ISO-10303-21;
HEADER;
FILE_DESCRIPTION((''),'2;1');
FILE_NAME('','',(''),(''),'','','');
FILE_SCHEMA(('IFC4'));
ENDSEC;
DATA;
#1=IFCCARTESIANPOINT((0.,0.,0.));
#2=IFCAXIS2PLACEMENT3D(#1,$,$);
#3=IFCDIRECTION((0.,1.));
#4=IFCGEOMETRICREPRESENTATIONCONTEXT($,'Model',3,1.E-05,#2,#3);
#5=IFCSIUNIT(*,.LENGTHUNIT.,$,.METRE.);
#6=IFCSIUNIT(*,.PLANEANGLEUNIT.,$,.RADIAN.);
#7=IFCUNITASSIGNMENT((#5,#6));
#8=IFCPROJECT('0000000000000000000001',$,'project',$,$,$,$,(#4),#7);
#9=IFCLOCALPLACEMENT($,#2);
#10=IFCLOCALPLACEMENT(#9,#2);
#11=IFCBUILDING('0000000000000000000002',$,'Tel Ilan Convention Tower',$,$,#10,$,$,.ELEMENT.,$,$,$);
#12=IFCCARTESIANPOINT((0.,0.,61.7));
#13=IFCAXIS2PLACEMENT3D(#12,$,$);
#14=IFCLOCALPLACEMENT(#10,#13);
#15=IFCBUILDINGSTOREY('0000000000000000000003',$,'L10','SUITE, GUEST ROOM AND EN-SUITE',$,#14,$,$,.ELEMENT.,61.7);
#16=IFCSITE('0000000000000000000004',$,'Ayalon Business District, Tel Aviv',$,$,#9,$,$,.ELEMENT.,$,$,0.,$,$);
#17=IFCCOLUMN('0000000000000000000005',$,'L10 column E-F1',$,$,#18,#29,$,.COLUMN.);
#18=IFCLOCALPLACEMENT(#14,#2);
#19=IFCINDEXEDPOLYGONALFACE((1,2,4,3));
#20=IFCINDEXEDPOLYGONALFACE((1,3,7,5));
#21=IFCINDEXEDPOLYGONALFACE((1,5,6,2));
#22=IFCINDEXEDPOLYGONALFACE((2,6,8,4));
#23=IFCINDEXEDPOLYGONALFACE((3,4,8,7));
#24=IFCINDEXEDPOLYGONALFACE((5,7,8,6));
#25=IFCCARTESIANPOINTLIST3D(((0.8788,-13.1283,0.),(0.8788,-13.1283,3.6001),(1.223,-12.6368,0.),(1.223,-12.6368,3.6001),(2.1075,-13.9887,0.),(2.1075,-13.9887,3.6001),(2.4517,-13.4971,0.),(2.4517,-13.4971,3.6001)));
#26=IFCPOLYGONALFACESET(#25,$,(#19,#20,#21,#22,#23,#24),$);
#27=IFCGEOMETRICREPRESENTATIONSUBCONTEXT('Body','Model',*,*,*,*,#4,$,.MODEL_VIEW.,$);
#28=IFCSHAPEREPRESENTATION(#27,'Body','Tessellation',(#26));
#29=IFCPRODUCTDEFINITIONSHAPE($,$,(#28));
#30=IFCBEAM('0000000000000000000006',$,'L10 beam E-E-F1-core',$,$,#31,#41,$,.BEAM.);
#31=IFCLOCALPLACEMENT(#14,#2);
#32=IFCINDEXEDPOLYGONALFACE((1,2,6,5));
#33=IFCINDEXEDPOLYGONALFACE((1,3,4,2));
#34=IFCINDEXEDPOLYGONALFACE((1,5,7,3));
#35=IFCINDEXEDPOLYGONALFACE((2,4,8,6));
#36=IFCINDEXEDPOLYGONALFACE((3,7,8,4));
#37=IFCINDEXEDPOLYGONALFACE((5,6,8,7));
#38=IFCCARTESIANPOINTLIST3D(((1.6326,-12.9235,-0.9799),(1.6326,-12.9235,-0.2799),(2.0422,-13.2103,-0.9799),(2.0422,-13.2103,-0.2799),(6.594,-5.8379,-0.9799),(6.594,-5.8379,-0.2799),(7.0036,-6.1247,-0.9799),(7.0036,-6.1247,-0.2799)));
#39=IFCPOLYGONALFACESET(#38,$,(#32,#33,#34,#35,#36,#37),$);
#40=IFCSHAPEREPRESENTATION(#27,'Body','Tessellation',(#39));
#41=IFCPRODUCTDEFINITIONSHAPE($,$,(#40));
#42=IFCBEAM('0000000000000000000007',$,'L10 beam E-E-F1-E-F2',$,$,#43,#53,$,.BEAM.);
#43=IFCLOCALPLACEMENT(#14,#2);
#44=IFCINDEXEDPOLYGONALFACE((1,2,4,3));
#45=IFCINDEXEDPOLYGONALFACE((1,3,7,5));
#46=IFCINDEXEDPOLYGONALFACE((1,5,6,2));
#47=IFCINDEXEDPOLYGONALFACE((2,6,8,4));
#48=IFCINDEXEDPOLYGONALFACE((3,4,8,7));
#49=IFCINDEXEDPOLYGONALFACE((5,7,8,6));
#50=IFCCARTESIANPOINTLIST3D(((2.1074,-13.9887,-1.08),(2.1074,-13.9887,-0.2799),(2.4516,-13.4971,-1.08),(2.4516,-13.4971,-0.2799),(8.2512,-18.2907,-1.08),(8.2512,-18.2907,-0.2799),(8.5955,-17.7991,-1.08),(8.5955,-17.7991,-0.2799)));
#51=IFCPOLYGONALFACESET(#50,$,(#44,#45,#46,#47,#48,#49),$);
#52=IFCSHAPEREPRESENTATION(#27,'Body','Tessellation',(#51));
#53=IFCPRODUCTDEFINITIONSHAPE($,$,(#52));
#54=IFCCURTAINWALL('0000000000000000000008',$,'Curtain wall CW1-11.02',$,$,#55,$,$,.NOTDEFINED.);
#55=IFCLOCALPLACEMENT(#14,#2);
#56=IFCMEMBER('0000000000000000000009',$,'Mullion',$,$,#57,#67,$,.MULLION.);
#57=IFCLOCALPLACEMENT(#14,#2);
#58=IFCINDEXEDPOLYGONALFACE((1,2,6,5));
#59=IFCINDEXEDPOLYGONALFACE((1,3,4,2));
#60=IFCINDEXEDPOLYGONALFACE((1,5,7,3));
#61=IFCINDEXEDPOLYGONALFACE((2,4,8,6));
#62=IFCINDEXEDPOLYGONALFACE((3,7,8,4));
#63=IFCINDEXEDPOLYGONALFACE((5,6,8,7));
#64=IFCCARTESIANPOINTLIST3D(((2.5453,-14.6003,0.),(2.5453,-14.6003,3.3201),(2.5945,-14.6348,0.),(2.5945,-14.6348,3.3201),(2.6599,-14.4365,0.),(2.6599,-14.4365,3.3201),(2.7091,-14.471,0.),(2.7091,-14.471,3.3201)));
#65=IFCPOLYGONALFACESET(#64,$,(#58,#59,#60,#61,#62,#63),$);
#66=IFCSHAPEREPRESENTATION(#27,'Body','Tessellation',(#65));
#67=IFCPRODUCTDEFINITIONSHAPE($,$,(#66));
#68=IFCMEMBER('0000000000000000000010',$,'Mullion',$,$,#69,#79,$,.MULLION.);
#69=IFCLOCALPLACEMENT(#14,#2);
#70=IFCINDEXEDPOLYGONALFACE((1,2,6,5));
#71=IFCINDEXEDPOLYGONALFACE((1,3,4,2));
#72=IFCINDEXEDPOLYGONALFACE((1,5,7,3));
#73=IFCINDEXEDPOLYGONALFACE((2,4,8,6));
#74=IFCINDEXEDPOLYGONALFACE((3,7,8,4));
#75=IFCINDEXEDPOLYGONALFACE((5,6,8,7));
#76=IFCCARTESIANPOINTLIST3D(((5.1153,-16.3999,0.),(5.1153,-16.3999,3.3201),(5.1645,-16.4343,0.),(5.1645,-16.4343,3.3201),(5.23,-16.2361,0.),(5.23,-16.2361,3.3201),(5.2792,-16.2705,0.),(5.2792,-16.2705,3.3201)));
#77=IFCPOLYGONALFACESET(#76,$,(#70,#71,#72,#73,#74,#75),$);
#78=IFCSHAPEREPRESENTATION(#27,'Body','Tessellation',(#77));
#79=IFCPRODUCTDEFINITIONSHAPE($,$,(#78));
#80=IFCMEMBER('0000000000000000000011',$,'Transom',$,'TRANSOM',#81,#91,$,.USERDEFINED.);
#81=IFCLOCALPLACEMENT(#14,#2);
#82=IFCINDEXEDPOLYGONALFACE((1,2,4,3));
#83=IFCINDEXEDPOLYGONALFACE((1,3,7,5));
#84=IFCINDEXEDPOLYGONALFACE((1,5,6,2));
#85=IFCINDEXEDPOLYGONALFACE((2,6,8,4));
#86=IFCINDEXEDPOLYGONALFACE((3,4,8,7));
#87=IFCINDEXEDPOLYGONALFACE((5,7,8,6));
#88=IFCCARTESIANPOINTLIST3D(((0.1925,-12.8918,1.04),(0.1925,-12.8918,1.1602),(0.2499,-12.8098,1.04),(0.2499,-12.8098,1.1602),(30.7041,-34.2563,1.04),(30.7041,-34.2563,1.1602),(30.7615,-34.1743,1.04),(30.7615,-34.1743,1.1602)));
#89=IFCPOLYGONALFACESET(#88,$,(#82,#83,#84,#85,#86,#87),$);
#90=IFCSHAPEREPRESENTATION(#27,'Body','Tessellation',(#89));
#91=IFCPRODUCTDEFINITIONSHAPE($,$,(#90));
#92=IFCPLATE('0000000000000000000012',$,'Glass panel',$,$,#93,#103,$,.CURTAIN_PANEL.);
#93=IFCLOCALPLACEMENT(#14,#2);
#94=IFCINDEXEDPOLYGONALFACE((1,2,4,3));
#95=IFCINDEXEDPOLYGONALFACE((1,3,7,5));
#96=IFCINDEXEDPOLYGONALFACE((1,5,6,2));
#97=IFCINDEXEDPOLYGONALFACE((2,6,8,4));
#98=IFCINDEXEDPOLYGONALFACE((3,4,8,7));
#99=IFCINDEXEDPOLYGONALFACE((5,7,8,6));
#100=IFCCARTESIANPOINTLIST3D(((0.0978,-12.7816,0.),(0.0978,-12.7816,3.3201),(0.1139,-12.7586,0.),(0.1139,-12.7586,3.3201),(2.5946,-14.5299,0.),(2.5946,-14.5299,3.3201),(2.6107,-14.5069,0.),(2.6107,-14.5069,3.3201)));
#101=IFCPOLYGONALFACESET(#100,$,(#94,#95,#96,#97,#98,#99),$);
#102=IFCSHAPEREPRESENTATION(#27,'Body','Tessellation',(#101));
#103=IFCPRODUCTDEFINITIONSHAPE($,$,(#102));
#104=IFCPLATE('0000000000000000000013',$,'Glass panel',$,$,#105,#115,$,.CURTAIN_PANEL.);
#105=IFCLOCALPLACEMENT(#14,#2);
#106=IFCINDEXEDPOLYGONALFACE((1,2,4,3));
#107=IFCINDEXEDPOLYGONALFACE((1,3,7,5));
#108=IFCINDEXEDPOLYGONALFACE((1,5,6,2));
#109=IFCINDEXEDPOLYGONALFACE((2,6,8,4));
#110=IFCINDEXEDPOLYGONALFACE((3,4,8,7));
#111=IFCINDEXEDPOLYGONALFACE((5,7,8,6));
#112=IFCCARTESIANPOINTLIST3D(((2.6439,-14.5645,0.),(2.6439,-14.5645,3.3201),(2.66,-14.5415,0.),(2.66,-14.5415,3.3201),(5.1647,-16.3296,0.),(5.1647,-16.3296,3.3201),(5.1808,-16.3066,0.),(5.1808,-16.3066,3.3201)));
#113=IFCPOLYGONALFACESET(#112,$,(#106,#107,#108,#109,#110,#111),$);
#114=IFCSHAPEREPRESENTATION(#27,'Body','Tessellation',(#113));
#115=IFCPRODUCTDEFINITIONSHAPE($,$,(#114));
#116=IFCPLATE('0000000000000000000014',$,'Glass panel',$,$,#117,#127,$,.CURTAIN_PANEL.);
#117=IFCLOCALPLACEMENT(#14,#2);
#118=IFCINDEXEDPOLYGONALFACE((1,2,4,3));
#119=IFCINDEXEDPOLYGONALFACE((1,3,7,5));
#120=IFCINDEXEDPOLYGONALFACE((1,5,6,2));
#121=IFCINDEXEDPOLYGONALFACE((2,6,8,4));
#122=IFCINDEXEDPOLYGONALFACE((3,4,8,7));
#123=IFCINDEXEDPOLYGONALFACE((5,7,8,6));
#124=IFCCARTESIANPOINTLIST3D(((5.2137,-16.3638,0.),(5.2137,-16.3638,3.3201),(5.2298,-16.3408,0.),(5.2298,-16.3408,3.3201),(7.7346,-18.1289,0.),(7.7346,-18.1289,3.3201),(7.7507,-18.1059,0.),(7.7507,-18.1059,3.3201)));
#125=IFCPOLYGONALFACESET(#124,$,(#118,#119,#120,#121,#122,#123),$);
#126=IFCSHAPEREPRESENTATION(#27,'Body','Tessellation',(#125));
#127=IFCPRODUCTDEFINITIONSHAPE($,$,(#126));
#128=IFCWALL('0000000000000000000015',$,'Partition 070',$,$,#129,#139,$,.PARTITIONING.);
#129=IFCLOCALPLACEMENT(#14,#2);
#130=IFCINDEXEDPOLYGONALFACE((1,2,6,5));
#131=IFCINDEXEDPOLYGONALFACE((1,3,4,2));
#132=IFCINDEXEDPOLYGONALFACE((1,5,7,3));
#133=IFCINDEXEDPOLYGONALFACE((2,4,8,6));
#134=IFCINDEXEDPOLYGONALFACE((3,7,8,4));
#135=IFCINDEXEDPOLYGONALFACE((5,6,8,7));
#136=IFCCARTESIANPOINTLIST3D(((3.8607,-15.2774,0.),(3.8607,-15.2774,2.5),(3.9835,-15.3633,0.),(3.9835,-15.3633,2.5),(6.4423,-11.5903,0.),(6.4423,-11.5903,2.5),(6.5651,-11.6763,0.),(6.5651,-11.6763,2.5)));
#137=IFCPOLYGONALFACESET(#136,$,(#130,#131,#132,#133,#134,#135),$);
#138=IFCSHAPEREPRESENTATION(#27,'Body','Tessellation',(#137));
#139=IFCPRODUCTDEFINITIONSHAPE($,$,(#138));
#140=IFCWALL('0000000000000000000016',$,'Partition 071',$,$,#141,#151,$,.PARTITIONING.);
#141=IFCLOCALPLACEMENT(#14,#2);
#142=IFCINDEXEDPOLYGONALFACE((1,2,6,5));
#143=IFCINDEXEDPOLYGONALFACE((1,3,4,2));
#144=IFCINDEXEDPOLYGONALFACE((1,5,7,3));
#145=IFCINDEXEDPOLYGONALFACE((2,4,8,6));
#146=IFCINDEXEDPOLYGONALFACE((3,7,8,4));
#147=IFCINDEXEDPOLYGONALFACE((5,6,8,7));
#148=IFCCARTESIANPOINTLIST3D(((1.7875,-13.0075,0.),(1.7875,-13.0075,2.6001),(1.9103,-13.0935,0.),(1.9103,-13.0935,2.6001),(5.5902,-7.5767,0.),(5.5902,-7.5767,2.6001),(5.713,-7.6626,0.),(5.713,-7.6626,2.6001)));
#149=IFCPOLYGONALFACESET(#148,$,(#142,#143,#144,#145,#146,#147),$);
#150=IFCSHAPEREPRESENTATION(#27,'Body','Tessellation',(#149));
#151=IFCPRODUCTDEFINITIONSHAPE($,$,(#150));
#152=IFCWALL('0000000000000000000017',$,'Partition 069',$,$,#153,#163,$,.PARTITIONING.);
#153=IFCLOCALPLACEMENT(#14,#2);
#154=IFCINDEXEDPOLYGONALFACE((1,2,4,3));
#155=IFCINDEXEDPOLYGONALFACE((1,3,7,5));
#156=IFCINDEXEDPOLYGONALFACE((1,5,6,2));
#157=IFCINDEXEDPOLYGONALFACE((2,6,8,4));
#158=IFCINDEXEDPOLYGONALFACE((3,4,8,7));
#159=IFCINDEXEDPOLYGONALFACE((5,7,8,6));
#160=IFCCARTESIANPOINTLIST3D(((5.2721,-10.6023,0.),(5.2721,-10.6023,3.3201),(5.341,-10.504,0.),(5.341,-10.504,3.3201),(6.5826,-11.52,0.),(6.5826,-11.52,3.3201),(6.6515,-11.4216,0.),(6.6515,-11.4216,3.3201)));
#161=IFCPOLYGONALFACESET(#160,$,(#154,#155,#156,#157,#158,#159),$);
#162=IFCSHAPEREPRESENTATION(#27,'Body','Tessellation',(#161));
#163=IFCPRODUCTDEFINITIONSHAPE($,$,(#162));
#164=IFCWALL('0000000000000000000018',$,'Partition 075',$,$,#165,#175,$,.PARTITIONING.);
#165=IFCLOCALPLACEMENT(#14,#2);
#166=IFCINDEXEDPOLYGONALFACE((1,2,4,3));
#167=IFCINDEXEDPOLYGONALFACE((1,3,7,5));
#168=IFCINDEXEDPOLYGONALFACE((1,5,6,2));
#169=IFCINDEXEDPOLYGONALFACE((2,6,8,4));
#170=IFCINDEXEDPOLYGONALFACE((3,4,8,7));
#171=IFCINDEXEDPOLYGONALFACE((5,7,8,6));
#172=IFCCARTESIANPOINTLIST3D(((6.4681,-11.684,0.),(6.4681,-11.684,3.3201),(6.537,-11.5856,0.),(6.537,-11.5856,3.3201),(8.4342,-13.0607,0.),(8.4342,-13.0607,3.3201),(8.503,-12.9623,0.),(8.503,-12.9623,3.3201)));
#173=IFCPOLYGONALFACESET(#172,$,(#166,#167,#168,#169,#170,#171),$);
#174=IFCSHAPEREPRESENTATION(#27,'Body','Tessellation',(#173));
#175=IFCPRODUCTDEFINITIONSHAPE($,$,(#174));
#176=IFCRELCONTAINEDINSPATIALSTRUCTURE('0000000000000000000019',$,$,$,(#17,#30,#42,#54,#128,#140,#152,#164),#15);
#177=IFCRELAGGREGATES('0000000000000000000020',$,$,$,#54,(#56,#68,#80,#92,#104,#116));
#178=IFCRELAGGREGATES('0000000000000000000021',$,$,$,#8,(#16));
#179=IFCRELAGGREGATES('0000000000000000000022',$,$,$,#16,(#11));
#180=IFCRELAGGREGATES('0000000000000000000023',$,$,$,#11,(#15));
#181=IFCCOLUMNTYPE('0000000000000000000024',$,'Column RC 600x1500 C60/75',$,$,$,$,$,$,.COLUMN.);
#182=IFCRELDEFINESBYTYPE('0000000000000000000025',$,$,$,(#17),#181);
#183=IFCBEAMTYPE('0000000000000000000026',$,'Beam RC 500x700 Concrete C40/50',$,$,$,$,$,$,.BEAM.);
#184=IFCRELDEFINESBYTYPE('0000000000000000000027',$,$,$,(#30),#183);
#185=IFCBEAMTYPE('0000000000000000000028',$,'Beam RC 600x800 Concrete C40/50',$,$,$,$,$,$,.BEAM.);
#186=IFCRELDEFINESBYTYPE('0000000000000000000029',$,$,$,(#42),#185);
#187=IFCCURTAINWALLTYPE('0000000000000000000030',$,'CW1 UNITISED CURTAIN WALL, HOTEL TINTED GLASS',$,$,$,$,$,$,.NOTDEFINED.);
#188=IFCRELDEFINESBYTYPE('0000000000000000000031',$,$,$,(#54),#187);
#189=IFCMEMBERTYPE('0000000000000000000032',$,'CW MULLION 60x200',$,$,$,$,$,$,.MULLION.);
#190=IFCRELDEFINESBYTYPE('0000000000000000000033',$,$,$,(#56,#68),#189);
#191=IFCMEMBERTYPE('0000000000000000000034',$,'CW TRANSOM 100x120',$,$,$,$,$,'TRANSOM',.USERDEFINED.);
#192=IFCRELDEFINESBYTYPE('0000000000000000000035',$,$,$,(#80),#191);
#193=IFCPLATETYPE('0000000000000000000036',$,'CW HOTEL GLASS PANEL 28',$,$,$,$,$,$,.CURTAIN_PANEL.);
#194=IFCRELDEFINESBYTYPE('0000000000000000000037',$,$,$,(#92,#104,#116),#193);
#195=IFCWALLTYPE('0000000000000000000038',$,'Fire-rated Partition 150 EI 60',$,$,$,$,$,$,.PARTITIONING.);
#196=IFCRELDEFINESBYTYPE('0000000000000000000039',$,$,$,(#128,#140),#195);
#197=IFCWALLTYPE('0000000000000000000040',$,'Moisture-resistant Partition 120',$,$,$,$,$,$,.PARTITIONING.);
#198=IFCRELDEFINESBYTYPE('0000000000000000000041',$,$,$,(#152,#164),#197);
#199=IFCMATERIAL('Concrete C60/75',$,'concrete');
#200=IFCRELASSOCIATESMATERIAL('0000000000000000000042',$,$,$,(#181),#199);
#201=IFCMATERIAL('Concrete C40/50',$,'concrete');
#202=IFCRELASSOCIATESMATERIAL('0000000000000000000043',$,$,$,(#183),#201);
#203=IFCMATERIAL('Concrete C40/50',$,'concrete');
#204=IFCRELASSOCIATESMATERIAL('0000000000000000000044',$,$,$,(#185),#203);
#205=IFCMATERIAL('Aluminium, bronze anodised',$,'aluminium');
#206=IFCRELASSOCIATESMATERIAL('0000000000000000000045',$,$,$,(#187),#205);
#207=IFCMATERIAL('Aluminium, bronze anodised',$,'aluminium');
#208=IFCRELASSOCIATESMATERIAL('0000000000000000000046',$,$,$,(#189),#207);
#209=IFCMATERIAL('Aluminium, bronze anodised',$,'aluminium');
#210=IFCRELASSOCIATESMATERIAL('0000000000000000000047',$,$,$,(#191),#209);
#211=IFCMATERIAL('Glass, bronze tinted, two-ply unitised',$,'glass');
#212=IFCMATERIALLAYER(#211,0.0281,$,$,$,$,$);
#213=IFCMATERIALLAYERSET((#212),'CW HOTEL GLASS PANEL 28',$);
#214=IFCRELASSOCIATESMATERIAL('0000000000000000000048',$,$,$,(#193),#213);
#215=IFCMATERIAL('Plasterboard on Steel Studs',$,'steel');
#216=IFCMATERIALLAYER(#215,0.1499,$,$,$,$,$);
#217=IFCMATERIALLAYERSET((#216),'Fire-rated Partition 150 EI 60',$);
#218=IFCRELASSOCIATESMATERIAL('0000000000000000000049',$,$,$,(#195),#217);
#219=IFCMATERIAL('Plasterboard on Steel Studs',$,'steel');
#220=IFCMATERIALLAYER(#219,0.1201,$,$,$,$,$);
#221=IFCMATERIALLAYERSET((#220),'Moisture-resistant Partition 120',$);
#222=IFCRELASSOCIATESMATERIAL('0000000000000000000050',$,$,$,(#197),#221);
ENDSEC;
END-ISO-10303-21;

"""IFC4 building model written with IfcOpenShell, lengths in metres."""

from ifc_helpers import new_model, si_unit, direction, frame, frame_2d, origin, origin_2d, place, context, subcontext, project, spatial, rectangle, extrude, material, layer, layer_set, material_profile, profile_set, type_object, element, aggregate, save


model = new_model("IFC4")

# Units and contexts
model_context = context("Model", 3, precision=1e-05, world=origin(), true_north=direction((0.0, 1.0)))
body_context = subcontext(model_context, "Body", "Model", "MODEL_VIEW")
ifc_project = project(units=[si_unit("LENGTHUNIT", "METRE"), si_unit("PLANEANGLEUNIT", "RADIAN")], contexts=[model_context])

# Site, building, storey
site_placement = place(None, origin())
site = spatial("IfcSite", under=ifc_project, at=site_placement, Name="Ayalon Business District, Tel Aviv", CompositionType="ELEMENT", RefElevation=0.0)
building_placement = place(site_placement, origin())
building = spatial("IfcBuilding", under=site, at=building_placement, Name="Tel Ilan Convention Tower", CompositionType="ELEMENT")
storey_placement = place(building_placement, frame((0.0, 0.0, 61.7)))
storey = spatial("IfcBuildingStorey", under=building, at=storey_placement, Name="L10", Description="SUITE, GUEST ROOM AND EN-SUITE", CompositionType="ELEMENT", Elevation=61.7)

# Column
ifc_material_1 = material(Name="Concrete C60/75", Category="concrete")
ifc_material_profile_1 = material_profile(ifc_material_1, rectangle(XDim=1.5, YDim=0.6001, at=origin_2d()), Name="RC 600x1500")
ifc_profile_set_1 = profile_set([ifc_material_profile_1], Name="Concrete C60/75")
column_type = type_object("IfcColumnType", Name="Column RC 600x1500 C60/75", PredefinedType="COLUMN", material=ifc_profile_set_1)
column_placement = place(storey_placement, frame((1.6653, -13.3127, 0.0), z_axis=(0.0, 0.0, 1.0), x_axis=(0.819152, -0.573576, 0.0)))
element("IfcColumn", 1, at=column_placement, inside=storey, type_object=column_type, Name="L10 column E-F1", PredefinedType="COLUMN", context=body_context, shape_type="SweptSolid", body=[
    extrude(rectangle(XDim=1.5, YDim=0.6001, at=origin_2d()), origin(), (0.0, 0.0, 1.0), 3.6001),
])

# Beams
ifc_material_2 = material(Name="Concrete C40/50", Category="concrete")
ifc_material_profile_2 = material_profile(ifc_material_2, rectangle(XDim=0.5, YDim=0.7, at=origin_2d()), Name="RC 500x700")
ifc_profile_set_2 = profile_set([ifc_material_profile_2], Name="Concrete C40/50")
beam_type_1 = type_object("IfcBeamType", Name="Beam RC 500x700 Concrete C40/50", PredefinedType="BEAM", material=ifc_profile_set_2)
beam_1_placement = place(storey_placement, frame((1.8374, -13.0669, -0.6299), z_axis=(0.573574, 0.819154, 0.0), x_axis=(-0.819154, 0.573574, 0.0)))
element("IfcBeam", 2, at=beam_1_placement, inside=storey, type_object=beam_type_1, Name="L10 beam E-E-F1-core", PredefinedType="BEAM", context=body_context, shape_type="SweptSolid", body=[
    extrude(rectangle(XDim=0.5, YDim=0.7, at=origin_2d()), origin(), (0.0, 0.0, 1.0), 8.6499),
])
ifc_material_3 = material(Name="Concrete C40/50", Category="concrete")
ifc_material_profile_3 = material_profile(ifc_material_3, rectangle(XDim=0.6001, YDim=0.8, at=origin_2d()), Name="RC 600x800")
ifc_profile_set_3 = profile_set([ifc_material_profile_3], Name="Concrete C40/50")
beam_type_2 = type_object("IfcBeamType", Name="Beam RC 600x800 Concrete C40/50", PredefinedType="BEAM", material=ifc_profile_set_3)
beam_2_placement = place(storey_placement, frame((2.2795, -13.7429, -0.6799), z_axis=(0.819148, -0.573582, 0.0), x_axis=(0.573582, 0.819148, 0.0)))
element("IfcBeam", 3, at=beam_2_placement, inside=storey, type_object=beam_type_2, Name="L10 beam E-E-F1-E-F2", PredefinedType="BEAM", context=body_context, shape_type="SweptSolid", body=[
    extrude(rectangle(XDim=0.6001, YDim=0.8, at=origin_2d()), origin(), (0.0, 0.0, 1.0), 7.5002),
])

# Curtain wall, members, plates
ifc_material_4 = material(Name="Aluminium, bronze anodised", Category="aluminium")
curtain_wall_type = type_object("IfcCurtainWallType", Name="CW1 UNITISED CURTAIN WALL, HOTEL TINTED GLASS", PredefinedType="NOTDEFINED", material=ifc_material_4)
curtain_wall_placement = place(storey_placement, origin())
curtain_wall = element("IfcCurtainWall", 4, at=curtain_wall_placement, inside=storey, type_object=curtain_wall_type, Name="Curtain wall CW1-11.02", PredefinedType="NOTDEFINED")
ifc_material_5 = material(Name="Aluminium, bronze anodised", Category="aluminium")
ifc_material_profile_4 = material_profile(ifc_material_5, rectangle(XDim=0.0601, YDim=0.2, at=origin_2d()), Name="CW MULLION 60x200")
ifc_profile_set_4 = profile_set([ifc_material_profile_4], Name="Aluminium, bronze anodised")
member_type_1 = type_object("IfcMemberType", Name="CW MULLION 60x200", PredefinedType="MULLION", material=ifc_profile_set_4)
member_1_placement = place(storey_placement, frame((2.6272, -14.5356, 0.0), z_axis=(0.0, 0.0, 1.0), x_axis=(0.819152, -0.573576, 0.0)))
member_1 = element("IfcMember", 5, at=member_1_placement, type_object=member_type_1, Name="Mullion", PredefinedType="MULLION", context=body_context, shape_type="SweptSolid", body=[
    extrude(rectangle(XDim=0.0601, YDim=0.2, at=origin_2d()), origin(), (0.0, 0.0, 1.0), 3.3201),
])
member_2_placement = place(storey_placement, frame((5.1973, -16.3352, 0.0), z_axis=(0.0, 0.0, 1.0), x_axis=(0.819152, -0.573576, 0.0)))
member_2 = element("IfcMember", 6, at=member_2_placement, type_object=member_type_1, Name="Mullion", PredefinedType="MULLION", context=body_context, shape_type="SweptSolid", body=[
    extrude(rectangle(XDim=0.0601, YDim=0.2, at=origin_2d()), origin(), (0.0, 0.0, 1.0), 3.3201),
])
ifc_material_6 = material(Name="Aluminium, bronze anodised", Category="aluminium")
ifc_material_profile_5 = material_profile(ifc_material_6, rectangle(XDim=0.1001, YDim=0.1201, at=origin_2d()), Name="CW TRANSOM 100x120")
ifc_profile_set_5 = profile_set([ifc_material_profile_5], Name="Aluminium, bronze anodised")
member_type_2 = type_object("IfcMemberType", Name="CW TRANSOM 100x120", ElementType="TRANSOM", PredefinedType="USERDEFINED", material=ifc_profile_set_5)
member_3_placement = place(storey_placement, frame((0.2212, -12.8508, 1.1001), z_axis=(0.819152, -0.573576, 0.0), x_axis=(0.573576, 0.819152, 0.0)))
member_3 = element("IfcMember", 7, at=member_3_placement, type_object=member_type_2, Name="Transom", ObjectType="TRANSOM", PredefinedType="USERDEFINED", context=body_context, shape_type="SweptSolid", body=[
    extrude(rectangle(XDim=0.1001, YDim=0.1201, at=origin_2d()), origin(), (0.0, 0.0, 1.0), 37.2478),
])
ifc_material_7 = material(Name="Glass, bronze tinted, two-ply unitised", Category="glass")
ifc_layer_1 = layer(ifc_material_7, 0.0281)
ifc_layer_set_1 = layer_set([ifc_layer_1], Name="CW HOTEL GLASS PANEL 28")
plate_type = type_object("IfcPlateType", Name="CW HOTEL GLASS PANEL 28", PredefinedType="CURTAIN_PANEL", material=ifc_layer_set_1)
plate_1_placement = place(storey_placement, frame((1.3542, -13.6443, 0.0), z_axis=(0.0, 0.0, 1.0), x_axis=(0.819152, -0.573576, 0.0)))
plate_1 = element("IfcPlate", 8, at=plate_1_placement, type_object=plate_type, Name="Glass panel", PredefinedType="CURTAIN_PANEL", context=body_context, shape_type="SweptSolid", body=[
    extrude(rectangle(XDim=3.0481, YDim=0.0281, at=origin_2d()), origin(), (0.0, 0.0, 1.0), 3.3201),
])
plate_2_placement = place(storey_placement, frame((3.9124, -15.4355, 0.0), z_axis=(0.0, 0.0, 1.0), x_axis=(0.819152, -0.573576, 0.0)))
plate_2 = element("IfcPlate", 9, at=plate_2_placement, type_object=plate_type, Name="Glass panel", PredefinedType="CURTAIN_PANEL", context=body_context, shape_type="SweptSolid", body=[
    extrude(rectangle(XDim=3.0774, YDim=0.0281, at=origin_2d()), origin(), (0.0, 0.0, 1.0), 3.3201),
])
plate_3_placement = place(storey_placement, frame((6.4822, -17.2349, 0.0), z_axis=(0.0, 0.0, 1.0), x_axis=(0.819152, -0.573576, 0.0)))
plate_3 = element("IfcPlate", 10, at=plate_3_placement, type_object=plate_type, Name="Glass panel", PredefinedType="CURTAIN_PANEL", context=body_context, shape_type="SweptSolid", body=[
    extrude(rectangle(XDim=3.0774, YDim=0.0281, at=origin_2d()), origin(), (0.0, 0.0, 1.0), 3.3201),
])
aggregate(curtain_wall, [member_1, member_2, member_3, plate_1, plate_2, plate_3])

# Walls
ifc_material_8 = material(Name="Plasterboard on Steel Studs", Category="steel")
ifc_layer_2 = layer(ifc_material_8, 0.1499)
ifc_layer_set_2 = layer_set([ifc_layer_2], Name="Fire-rated Partition 150 EI 60")
wall_type_1 = type_object("IfcWallType", Name="Fire-rated Partition 150 EI 60", PredefinedType="PARTITIONING", material=ifc_layer_set_2)
wall_1_placement = place(storey_placement, frame((6.5037, -11.6333, 0.0), z_axis=(0.0, 0.0, 1.0), x_axis=(-0.573557, -0.819166, 0.0)))
element("IfcWall", 11, at=wall_1_placement, inside=storey, type_object=wall_type_1, Name="Partition 070", PredefinedType="PARTITIONING", context=body_context, shape_type="SweptSolid", body=[
    extrude(rectangle(XDim=4.501, YDim=0.1499, at=frame_2d((2.2505, 0.0))), origin(), (0.0, 0.0, 1.0), 2.5),
])
wall_2_placement = place(storey_placement, frame((1.8489, -13.0505, 0.0), z_axis=(0.0, 0.0, 1.0), x_axis=(0.573574, 0.819154, 0.0)))
element("IfcWall", 12, at=wall_2_placement, inside=storey, type_object=wall_type_1, Name="Partition 071", PredefinedType="PARTITIONING", context=body_context, shape_type="SweptSolid", body=[
    extrude(rectangle(XDim=6.6299, YDim=0.1499, at=frame_2d((3.3149, 0.0))), origin(), (0.0, 0.0, 1.0), 2.6001),
])
ifc_material_9 = material(Name="Plasterboard on Steel Studs", Category="steel")
ifc_layer_3 = layer(ifc_material_9, 0.1201)
ifc_layer_set_3 = layer_set([ifc_layer_3], Name="Moisture-resistant Partition 120")
wall_type_2 = type_object("IfcWallType", Name="Moisture-resistant Partition 120", PredefinedType="PARTITIONING", material=ifc_layer_set_3)
wall_3_placement = place(storey_placement, frame((5.3066, -10.5532, 0.0), z_axis=(0.0, 0.0, 1.0), x_axis=(0.819132, -0.573606, 0.0)))
element("IfcWall", 13, at=wall_3_placement, inside=storey, type_object=wall_type_2, Name="Partition 069", PredefinedType="PARTITIONING", context=body_context, shape_type="SweptSolid", body=[
    extrude(rectangle(XDim=1.5999, YDim=0.1201, at=frame_2d((0.7998, 0.0))), origin(), (0.0, 0.0, 1.0), 3.3201),
])
wall_4_placement = place(storey_placement, frame((6.5024, -11.6348, 0.0), z_axis=(0.0, 0.0, 1.0), x_axis=(0.819141, -0.573592, 0.0)))
element("IfcWall", 14, at=wall_4_placement, inside=storey, type_object=wall_type_2, Name="Partition 075", PredefinedType="PARTITIONING", context=body_context, shape_type="SweptSolid", body=[
    extrude(rectangle(XDim=2.4001, YDim=0.1201, at=frame_2d((1.2002, 0.0))), origin(), (0.0, 0.0, 1.0), 3.3201),
])

save(model, "model.ifc")
